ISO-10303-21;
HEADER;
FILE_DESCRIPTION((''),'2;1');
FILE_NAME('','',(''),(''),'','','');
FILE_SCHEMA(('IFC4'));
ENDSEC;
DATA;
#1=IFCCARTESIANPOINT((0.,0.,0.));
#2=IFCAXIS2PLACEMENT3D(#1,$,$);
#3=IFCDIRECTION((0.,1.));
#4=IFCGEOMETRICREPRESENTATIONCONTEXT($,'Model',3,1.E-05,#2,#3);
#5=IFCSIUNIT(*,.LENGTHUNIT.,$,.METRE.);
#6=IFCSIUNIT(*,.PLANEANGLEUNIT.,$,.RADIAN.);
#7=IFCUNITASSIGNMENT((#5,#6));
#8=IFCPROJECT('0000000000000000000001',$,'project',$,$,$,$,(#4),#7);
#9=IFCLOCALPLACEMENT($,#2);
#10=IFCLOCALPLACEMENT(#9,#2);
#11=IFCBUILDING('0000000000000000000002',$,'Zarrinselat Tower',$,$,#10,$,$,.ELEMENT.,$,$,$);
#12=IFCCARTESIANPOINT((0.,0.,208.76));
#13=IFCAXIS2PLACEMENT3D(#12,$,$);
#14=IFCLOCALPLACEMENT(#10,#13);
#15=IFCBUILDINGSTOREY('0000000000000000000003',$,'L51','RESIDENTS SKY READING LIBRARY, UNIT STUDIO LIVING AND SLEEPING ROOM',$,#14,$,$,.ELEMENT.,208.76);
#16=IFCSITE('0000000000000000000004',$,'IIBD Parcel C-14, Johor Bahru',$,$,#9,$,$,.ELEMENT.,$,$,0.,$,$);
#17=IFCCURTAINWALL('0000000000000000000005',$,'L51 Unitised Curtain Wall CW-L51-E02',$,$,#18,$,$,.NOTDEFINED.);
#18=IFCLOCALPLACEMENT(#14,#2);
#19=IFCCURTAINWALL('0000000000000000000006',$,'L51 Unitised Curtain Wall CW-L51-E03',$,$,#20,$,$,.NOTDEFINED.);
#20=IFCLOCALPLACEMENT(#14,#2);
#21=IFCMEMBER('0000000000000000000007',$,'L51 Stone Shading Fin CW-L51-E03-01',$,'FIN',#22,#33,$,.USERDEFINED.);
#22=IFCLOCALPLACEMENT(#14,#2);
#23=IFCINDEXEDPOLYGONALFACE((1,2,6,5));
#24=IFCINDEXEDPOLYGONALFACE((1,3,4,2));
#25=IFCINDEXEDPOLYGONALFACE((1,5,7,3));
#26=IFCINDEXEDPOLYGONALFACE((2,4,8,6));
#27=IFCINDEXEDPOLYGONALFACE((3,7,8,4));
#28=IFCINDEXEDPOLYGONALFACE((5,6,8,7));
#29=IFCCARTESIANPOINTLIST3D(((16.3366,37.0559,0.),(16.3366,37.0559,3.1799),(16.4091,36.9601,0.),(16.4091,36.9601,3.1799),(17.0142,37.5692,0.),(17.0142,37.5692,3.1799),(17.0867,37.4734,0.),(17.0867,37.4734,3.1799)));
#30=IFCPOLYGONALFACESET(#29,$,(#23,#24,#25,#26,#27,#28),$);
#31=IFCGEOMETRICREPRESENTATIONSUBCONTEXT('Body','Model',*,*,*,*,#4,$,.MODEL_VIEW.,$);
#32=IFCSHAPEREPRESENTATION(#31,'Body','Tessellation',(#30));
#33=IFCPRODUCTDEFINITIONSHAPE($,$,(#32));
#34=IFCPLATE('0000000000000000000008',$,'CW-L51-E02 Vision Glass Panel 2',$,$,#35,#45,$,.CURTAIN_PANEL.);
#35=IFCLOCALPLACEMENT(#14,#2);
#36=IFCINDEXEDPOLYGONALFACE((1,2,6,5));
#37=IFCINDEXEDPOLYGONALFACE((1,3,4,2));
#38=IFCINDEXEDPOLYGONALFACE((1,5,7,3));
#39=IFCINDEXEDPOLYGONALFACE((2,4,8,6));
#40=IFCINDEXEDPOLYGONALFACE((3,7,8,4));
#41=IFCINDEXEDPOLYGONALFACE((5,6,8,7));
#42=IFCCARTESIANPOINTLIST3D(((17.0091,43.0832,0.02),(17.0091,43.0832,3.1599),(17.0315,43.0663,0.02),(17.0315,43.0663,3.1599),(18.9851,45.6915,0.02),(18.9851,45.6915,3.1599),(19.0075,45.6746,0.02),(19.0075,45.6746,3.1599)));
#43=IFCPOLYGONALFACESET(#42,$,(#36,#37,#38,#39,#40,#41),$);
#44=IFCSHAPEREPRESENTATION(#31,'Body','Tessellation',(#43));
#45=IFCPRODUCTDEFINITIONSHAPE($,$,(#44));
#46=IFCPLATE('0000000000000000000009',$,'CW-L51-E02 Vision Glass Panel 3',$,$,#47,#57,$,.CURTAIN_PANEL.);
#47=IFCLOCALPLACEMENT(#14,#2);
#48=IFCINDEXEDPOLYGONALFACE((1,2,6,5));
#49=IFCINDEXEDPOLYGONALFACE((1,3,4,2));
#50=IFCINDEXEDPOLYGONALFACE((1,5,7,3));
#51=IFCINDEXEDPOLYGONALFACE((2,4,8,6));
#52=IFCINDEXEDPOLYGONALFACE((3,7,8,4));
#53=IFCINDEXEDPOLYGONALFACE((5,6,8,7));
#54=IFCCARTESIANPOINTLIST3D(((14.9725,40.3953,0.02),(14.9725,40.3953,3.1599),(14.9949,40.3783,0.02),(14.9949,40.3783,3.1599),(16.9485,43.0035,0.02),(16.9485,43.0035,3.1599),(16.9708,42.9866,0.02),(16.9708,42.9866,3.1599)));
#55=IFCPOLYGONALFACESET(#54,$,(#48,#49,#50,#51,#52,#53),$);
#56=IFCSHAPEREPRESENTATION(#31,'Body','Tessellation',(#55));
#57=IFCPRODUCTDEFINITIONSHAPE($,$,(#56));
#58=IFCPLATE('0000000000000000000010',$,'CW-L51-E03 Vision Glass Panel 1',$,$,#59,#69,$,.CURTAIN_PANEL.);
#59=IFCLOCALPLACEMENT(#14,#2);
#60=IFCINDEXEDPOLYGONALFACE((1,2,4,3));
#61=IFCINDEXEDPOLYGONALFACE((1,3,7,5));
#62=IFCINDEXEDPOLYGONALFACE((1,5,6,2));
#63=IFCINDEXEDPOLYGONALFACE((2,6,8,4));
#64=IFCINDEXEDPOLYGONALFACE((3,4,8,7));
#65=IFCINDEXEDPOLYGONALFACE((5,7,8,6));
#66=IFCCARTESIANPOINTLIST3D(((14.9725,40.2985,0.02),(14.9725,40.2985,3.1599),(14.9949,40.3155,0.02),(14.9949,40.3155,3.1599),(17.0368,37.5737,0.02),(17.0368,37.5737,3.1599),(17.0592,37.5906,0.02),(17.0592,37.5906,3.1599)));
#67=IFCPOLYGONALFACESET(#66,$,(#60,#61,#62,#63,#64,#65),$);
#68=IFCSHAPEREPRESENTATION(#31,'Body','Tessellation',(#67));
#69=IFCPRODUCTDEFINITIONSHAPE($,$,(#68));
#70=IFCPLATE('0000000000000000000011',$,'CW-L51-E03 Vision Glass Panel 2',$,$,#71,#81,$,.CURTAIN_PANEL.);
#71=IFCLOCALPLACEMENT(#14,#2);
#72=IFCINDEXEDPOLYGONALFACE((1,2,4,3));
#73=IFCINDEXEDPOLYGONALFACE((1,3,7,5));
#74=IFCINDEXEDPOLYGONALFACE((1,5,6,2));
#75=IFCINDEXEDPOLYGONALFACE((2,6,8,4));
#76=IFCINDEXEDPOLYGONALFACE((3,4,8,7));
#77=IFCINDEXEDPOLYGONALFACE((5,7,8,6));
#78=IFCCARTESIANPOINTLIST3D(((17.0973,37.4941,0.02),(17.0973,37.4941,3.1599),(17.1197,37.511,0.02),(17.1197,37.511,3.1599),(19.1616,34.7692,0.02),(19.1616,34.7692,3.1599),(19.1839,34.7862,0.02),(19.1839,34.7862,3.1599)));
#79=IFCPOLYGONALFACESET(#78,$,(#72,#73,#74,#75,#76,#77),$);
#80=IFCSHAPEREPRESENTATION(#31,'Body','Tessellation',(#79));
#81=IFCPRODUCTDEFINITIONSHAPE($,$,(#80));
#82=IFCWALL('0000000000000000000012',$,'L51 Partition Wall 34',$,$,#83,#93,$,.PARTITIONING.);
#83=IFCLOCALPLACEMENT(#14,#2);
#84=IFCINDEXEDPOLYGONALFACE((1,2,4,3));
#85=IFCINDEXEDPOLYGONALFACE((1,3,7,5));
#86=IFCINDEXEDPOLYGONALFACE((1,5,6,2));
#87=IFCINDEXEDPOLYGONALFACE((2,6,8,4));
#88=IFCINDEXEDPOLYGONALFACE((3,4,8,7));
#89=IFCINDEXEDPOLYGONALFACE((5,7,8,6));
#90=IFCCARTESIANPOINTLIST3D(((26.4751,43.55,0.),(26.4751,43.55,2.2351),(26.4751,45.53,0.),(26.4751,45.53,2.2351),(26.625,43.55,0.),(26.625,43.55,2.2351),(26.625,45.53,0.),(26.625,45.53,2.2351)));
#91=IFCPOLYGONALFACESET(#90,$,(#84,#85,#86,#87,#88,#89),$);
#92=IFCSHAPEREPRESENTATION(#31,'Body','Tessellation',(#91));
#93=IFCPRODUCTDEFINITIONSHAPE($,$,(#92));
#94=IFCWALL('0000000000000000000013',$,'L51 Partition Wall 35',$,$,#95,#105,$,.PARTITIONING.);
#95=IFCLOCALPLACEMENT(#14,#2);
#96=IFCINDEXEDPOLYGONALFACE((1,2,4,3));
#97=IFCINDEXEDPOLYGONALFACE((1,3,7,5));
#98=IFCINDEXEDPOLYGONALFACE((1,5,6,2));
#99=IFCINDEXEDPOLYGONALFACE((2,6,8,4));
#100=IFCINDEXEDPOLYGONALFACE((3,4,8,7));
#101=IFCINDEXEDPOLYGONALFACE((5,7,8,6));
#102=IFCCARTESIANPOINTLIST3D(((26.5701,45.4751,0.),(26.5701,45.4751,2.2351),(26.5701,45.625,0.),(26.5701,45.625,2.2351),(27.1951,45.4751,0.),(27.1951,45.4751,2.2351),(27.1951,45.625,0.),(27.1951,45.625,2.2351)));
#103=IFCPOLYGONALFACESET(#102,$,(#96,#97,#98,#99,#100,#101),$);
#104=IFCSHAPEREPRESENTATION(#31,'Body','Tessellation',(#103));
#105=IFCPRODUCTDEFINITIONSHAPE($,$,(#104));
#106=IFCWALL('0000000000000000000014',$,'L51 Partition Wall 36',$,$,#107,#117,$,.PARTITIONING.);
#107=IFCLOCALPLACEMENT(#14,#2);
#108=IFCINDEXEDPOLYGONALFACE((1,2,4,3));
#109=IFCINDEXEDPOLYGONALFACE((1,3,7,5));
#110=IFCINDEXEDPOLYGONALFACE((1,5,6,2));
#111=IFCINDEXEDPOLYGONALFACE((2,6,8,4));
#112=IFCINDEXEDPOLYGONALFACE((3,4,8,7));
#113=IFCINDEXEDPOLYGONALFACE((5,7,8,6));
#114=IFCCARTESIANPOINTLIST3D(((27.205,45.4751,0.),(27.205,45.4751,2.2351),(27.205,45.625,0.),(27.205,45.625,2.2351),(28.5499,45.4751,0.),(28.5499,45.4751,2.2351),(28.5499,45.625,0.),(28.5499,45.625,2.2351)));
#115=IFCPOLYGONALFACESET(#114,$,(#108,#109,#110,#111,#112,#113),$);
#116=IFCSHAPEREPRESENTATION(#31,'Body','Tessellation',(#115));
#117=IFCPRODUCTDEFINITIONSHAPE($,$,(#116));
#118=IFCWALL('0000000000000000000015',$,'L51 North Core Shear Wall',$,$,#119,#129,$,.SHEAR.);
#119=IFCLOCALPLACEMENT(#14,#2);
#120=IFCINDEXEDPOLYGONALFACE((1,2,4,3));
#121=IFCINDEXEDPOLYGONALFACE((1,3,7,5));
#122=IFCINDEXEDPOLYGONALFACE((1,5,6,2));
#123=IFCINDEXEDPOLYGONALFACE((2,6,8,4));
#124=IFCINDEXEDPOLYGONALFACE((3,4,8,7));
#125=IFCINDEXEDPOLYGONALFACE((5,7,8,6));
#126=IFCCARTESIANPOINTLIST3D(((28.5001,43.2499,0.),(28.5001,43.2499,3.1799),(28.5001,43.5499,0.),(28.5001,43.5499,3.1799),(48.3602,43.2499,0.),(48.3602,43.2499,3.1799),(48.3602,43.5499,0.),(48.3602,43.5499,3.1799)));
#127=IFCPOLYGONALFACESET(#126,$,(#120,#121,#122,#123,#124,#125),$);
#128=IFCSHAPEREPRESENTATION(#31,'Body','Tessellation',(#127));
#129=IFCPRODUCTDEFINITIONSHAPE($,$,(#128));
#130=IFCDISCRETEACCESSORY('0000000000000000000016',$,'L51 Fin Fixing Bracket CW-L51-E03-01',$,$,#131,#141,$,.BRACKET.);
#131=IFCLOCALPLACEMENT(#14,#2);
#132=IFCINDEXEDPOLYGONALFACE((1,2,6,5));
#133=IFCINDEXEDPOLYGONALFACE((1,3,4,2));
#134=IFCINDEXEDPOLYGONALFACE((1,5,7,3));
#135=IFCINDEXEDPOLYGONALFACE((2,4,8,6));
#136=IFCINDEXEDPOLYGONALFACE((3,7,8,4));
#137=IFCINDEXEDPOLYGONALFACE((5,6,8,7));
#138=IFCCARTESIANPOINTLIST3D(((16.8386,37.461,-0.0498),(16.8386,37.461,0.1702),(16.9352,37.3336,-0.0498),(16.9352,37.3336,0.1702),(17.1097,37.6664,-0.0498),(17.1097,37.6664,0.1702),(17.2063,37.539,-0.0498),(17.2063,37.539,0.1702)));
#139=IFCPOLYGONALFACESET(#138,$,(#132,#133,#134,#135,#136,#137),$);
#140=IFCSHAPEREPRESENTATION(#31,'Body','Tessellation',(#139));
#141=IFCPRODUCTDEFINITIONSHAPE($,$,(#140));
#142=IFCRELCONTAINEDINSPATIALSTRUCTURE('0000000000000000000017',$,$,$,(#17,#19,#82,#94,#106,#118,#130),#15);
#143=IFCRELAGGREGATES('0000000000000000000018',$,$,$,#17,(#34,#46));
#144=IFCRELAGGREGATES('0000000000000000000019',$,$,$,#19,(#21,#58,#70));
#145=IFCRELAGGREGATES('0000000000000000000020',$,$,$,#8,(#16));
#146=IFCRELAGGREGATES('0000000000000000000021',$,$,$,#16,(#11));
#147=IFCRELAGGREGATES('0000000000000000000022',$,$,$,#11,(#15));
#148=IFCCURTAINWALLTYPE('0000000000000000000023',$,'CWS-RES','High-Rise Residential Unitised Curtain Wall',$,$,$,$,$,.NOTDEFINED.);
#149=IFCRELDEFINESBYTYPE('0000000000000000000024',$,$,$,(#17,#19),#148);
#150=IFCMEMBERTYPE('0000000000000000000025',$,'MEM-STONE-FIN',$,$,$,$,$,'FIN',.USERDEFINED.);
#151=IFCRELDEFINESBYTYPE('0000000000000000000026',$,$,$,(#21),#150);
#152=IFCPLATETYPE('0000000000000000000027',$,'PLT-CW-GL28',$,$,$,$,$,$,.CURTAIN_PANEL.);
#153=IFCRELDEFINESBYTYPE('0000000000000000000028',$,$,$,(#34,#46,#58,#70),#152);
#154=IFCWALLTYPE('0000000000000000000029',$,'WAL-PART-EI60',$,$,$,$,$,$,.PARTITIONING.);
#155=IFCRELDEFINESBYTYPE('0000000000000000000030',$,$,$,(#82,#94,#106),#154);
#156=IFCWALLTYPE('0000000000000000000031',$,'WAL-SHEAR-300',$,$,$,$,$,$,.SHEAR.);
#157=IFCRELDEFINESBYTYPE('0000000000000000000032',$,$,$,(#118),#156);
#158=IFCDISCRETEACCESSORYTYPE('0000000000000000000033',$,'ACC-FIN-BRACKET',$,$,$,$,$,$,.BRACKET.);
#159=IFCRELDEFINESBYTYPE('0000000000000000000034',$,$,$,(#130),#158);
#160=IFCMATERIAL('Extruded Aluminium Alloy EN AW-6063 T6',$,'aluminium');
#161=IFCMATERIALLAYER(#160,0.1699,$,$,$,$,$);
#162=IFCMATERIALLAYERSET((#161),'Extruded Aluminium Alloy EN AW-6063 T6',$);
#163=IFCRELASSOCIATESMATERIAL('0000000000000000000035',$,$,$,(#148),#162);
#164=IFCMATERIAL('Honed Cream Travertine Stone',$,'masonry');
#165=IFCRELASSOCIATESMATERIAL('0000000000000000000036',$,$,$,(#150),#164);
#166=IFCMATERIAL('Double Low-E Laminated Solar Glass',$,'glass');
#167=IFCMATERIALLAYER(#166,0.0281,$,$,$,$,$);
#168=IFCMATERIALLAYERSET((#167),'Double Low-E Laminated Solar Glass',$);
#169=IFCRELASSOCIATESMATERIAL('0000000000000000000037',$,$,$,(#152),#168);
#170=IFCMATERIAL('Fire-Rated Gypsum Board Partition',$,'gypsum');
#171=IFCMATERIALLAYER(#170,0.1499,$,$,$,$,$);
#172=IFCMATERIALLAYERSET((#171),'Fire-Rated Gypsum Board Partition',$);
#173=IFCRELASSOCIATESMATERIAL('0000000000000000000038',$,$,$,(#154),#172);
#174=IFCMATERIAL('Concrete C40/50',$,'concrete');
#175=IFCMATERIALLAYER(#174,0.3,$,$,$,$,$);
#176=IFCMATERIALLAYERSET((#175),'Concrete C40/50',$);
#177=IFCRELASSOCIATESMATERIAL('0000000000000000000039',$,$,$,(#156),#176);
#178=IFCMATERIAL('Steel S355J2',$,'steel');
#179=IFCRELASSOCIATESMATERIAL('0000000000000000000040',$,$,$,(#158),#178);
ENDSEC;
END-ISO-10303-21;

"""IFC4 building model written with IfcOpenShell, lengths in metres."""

from ifc_helpers import new_model, si_unit, direction, frame, frame_2d, origin, origin_2d, place, context, subcontext, project, spatial, rectangle, extrude, material, layer, layer_set, material_profile, profile_set, type_object, element, aggregate, save


model = new_model("IFC4")

# Units and contexts
model_context = context("Model", 3, precision=1e-05, world=origin(), true_north=direction((0.0, 1.0)))
body_context = subcontext(model_context, "Body", "Model", "MODEL_VIEW")
ifc_project = project(units=[si_unit("LENGTHUNIT", "METRE"), si_unit("PLANEANGLEUNIT", "RADIAN")], contexts=[model_context])

# Site, building, storey
site_placement = place(None, origin())
site = spatial("IfcSite", under=ifc_project, at=site_placement, Name="IIBD Parcel C-14, Johor Bahru", CompositionType="ELEMENT", RefElevation=0.0)
building_placement = place(site_placement, origin())
building = spatial("IfcBuilding", under=site, at=building_placement, Name="Zarrinselat Tower", CompositionType="ELEMENT")
storey_placement = place(building_placement, frame((0.0, 0.0, 208.76)))
storey = spatial("IfcBuildingStorey", under=building, at=storey_placement, Name="L51", Description="RESIDENTS SKY READING LIBRARY, UNIT STUDIO LIVING AND SLEEPING ROOM", CompositionType="ELEMENT", Elevation=208.76)

# Curtain walls, member
ifc_material_1 = material(Name="Extruded Aluminium Alloy EN AW-6063 T6", Category="aluminium")
ifc_layer_1 = layer(ifc_material_1, 0.1699)
ifc_layer_set_1 = layer_set([ifc_layer_1], Name="Extruded Aluminium Alloy EN AW-6063 T6")
curtain_wall_type = type_object("IfcCurtainWallType", Name="CWS-RES", Description="High-Rise Residential Unitised Curtain Wall", PredefinedType="NOTDEFINED", material=ifc_layer_set_1)
curtain_wall_1_placement = place(storey_placement, origin())
curtain_wall_1 = element("IfcCurtainWall", 1, at=curtain_wall_1_placement, inside=storey, type_object=curtain_wall_type, Name="L51 Unitised Curtain Wall CW-L51-E02", PredefinedType="NOTDEFINED")
curtain_wall_2_placement = place(storey_placement, origin())
curtain_wall_2 = element("IfcCurtainWall", 2, at=curtain_wall_2_placement, inside=storey, type_object=curtain_wall_type, Name="L51 Unitised Curtain Wall CW-L51-E03", PredefinedType="NOTDEFINED")
ifc_material_2 = material(Name="Honed Cream Travertine Stone", Category="masonry")
ifc_material_profile_1 = material_profile(ifc_material_2, rectangle(XDim=0.1201, YDim=0.8501, at=origin_2d()), Name="FIN 850x120")
ifc_profile_set_1 = profile_set([ifc_material_profile_1], Name="Honed Cream Travertine Stone")
member_type_1 = type_object("IfcMemberType", Name="MEM-STONE-FIN", ElementType="FIN", PredefinedType="USERDEFINED", material=ifc_profile_set_1)
member_1_placement = place(storey_placement, frame((16.7117, 37.2646, 0.0), z_axis=(0.0, 0.0, 1.0), x_axis=(-0.603859, 0.797091, 0.0)))
member_1 = element("IfcMember", 3, at=member_1_placement, type_object=member_type_1, Name="L51 Stone Shading Fin CW-L51-E03-01", ObjectType="FIN", PredefinedType="USERDEFINED", context=body_context, shape_type="SweptSolid", body=[
    extrude(rectangle(XDim=0.1201, YDim=0.8501, at=origin_2d()), origin(), (0.0, 0.0, 1.0), 3.1799),
])

# Plates
ifc_material_3 = material(Name="Double Low-E Laminated Solar Glass", Category="glass")
ifc_layer_2 = layer(ifc_material_3, 0.0281)
ifc_layer_set_2 = layer_set([ifc_layer_2], Name="Double Low-E Laminated Solar Glass")
plate_type = type_object("IfcPlateType", Name="PLT-CW-GL28", PredefinedType="CURTAIN_PANEL", material=ifc_layer_set_2)
plate_1_placement = place(storey_placement, frame((18.0083, 44.3789, 0.02), z_axis=(0.0, 0.0, 1.0), x_axis=(-0.603854, -0.797095, 0.0)))
plate_1 = element("IfcPlate", 4, at=plate_1_placement, type_object=plate_type, Name="CW-L51-E02 Vision Glass Panel 2", PredefinedType="CURTAIN_PANEL", context=body_context, shape_type="SweptSolid", body=[
    extrude(rectangle(XDim=3.2722, YDim=0.0281, at=origin_2d()), origin(), (0.0, 0.0, 1.0), 3.1399),
])
plate_2_placement = place(storey_placement, frame((15.9717, 41.6909, 0.02), z_axis=(0.0, 0.0, 1.0), x_axis=(-0.603854, -0.797095, 0.0)))
plate_2 = element("IfcPlate", 5, at=plate_2_placement, type_object=plate_type, Name="CW-L51-E02 Vision Glass Panel 3", PredefinedType="CURTAIN_PANEL", context=body_context, shape_type="SweptSolid", body=[
    extrude(rectangle(XDim=3.2722, YDim=0.0281, at=origin_2d()), origin(), (0.0, 0.0, 1.0), 3.1399),
])
aggregate(curtain_wall_1, [plate_1, plate_2])
plate_3_placement = place(storey_placement, frame((16.0159, 38.9446, 0.02), z_axis=(0.0, 0.0, 1.0), x_axis=(0.603859, -0.797091, 0.0)))
plate_3 = element("IfcPlate", 6, at=plate_3_placement, type_object=plate_type, Name="CW-L51-E03 Vision Glass Panel 1", PredefinedType="CURTAIN_PANEL", context=body_context, shape_type="SweptSolid", body=[
    extrude(rectangle(XDim=3.4185, YDim=0.0281, at=origin_2d()), origin(), (0.0, 0.0, 1.0), 3.1399),
])
plate_4_placement = place(storey_placement, frame((18.1406, 36.1401, 0.02), z_axis=(0.0, 0.0, 1.0), x_axis=(0.603859, -0.797091, 0.0)))
plate_4 = element("IfcPlate", 7, at=plate_4_placement, type_object=plate_type, Name="CW-L51-E03 Vision Glass Panel 2", PredefinedType="CURTAIN_PANEL", context=body_context, shape_type="SweptSolid", body=[
    extrude(rectangle(XDim=3.4185, YDim=0.0281, at=origin_2d()), origin(), (0.0, 0.0, 1.0), 3.1399),
])
aggregate(curtain_wall_2, [member_1, plate_3, plate_4])

# Walls
ifc_material_4 = material(Name="Fire-Rated Gypsum Board Partition", Category="gypsum")
ifc_layer_3 = layer(ifc_material_4, 0.1499)
ifc_layer_set_3 = layer_set([ifc_layer_3], Name="Fire-Rated Gypsum Board Partition")
wall_type_1 = type_object("IfcWallType", Name="WAL-PART-EI60", PredefinedType="PARTITIONING", material=ifc_layer_set_3)
wall_1_placement = place(storey_placement, frame((26.55, 43.55, 0.0), z_axis=(0.0, 0.0, 1.0), x_axis=(0.0, 1.0, 0.0)))
element("IfcWall", 8, at=wall_1_placement, inside=storey, type_object=wall_type_1, Name="L51 Partition Wall 34", PredefinedType="PARTITIONING", context=body_context, shape_type="SweptSolid", body=[
    extrude(rectangle(XDim=1.98, YDim=0.1499, at=frame_2d((0.99, 0.0))), origin(), (0.0, 0.0, 1.0), 2.2351),
])
wall_2_placement = place(storey_placement, frame((26.5701, 45.55, 0.0), z_axis=(0.0, 0.0, 1.0), x_axis=(1.0, 0.0, 0.0)))
element("IfcWall", 9, at=wall_2_placement, inside=storey, type_object=wall_type_1, Name="L51 Partition Wall 35", PredefinedType="PARTITIONING", context=body_context, shape_type="SweptSolid", body=[
    extrude(rectangle(XDim=0.625, YDim=0.1499, at=frame_2d((0.3125, 0.0))), origin(), (0.0, 0.0, 1.0), 2.2351),
])
wall_3_placement = place(storey_placement, frame((27.2051, 45.55, 0.0), z_axis=(0.0, 0.0, 1.0), x_axis=(1.0, 0.0, 0.0)))
element("IfcWall", 10, at=wall_3_placement, inside=storey, type_object=wall_type_1, Name="L51 Partition Wall 36", PredefinedType="PARTITIONING", context=body_context, shape_type="SweptSolid", body=[
    extrude(rectangle(XDim=1.345, YDim=0.1499, at=frame_2d((0.6724, 0.0))), origin(), (0.0, 0.0, 1.0), 2.2351),
])
ifc_material_5 = material(Name="Concrete C40/50", Category="concrete")
ifc_layer_4 = layer(ifc_material_5, 0.3)
ifc_layer_set_4 = layer_set([ifc_layer_4], Name="Concrete C40/50")
wall_type_2 = type_object("IfcWallType", Name="WAL-SHEAR-300", PredefinedType="SHEAR", material=ifc_layer_set_4)
wall_4_placement = place(storey_placement, frame((28.5, 43.3999, 0.0), z_axis=(0.0, 0.0, 1.0), x_axis=(1.0, 0.0, 0.0)))
element("IfcWall", 11, at=wall_4_placement, inside=storey, type_object=wall_type_2, Name="L51 North Core Shear Wall", PredefinedType="SHEAR", context=body_context, shape_type="SweptSolid", body=[
    extrude(rectangle(XDim=19.8601, YDim=0.3, at=frame_2d((9.9302, 0.0))), origin(), (0.0, 0.0, 1.0), 3.1799),
])

# Discrete accessory
ifc_material_6 = material(Name="Steel S355J2", Category="steel")
discrete_accessory_type = type_object("IfcDiscreteAccessoryType", Name="ACC-FIN-BRACKET", PredefinedType="BRACKET", material=ifc_material_6)
discrete_accessory_placement = place(storey_placement, frame((17.0225, 37.5, -0.0498), z_axis=(0.0, 0.0, 1.0), x_axis=(-0.797091, -0.603859, 0.0)))
element("IfcDiscreteAccessory", 12, at=discrete_accessory_placement, inside=storey, type_object=discrete_accessory_type, Name="L51 Fin Fixing Bracket CW-L51-E03-01", PredefinedType="BRACKET", context=body_context, shape_type="SweptSolid", body=[
    extrude(rectangle(XDim=0.3401, YDim=0.1599, at=origin_2d()), origin(), (0.0, 0.0, 1.0), 0.22),
])

save(model, "model.ifc")
